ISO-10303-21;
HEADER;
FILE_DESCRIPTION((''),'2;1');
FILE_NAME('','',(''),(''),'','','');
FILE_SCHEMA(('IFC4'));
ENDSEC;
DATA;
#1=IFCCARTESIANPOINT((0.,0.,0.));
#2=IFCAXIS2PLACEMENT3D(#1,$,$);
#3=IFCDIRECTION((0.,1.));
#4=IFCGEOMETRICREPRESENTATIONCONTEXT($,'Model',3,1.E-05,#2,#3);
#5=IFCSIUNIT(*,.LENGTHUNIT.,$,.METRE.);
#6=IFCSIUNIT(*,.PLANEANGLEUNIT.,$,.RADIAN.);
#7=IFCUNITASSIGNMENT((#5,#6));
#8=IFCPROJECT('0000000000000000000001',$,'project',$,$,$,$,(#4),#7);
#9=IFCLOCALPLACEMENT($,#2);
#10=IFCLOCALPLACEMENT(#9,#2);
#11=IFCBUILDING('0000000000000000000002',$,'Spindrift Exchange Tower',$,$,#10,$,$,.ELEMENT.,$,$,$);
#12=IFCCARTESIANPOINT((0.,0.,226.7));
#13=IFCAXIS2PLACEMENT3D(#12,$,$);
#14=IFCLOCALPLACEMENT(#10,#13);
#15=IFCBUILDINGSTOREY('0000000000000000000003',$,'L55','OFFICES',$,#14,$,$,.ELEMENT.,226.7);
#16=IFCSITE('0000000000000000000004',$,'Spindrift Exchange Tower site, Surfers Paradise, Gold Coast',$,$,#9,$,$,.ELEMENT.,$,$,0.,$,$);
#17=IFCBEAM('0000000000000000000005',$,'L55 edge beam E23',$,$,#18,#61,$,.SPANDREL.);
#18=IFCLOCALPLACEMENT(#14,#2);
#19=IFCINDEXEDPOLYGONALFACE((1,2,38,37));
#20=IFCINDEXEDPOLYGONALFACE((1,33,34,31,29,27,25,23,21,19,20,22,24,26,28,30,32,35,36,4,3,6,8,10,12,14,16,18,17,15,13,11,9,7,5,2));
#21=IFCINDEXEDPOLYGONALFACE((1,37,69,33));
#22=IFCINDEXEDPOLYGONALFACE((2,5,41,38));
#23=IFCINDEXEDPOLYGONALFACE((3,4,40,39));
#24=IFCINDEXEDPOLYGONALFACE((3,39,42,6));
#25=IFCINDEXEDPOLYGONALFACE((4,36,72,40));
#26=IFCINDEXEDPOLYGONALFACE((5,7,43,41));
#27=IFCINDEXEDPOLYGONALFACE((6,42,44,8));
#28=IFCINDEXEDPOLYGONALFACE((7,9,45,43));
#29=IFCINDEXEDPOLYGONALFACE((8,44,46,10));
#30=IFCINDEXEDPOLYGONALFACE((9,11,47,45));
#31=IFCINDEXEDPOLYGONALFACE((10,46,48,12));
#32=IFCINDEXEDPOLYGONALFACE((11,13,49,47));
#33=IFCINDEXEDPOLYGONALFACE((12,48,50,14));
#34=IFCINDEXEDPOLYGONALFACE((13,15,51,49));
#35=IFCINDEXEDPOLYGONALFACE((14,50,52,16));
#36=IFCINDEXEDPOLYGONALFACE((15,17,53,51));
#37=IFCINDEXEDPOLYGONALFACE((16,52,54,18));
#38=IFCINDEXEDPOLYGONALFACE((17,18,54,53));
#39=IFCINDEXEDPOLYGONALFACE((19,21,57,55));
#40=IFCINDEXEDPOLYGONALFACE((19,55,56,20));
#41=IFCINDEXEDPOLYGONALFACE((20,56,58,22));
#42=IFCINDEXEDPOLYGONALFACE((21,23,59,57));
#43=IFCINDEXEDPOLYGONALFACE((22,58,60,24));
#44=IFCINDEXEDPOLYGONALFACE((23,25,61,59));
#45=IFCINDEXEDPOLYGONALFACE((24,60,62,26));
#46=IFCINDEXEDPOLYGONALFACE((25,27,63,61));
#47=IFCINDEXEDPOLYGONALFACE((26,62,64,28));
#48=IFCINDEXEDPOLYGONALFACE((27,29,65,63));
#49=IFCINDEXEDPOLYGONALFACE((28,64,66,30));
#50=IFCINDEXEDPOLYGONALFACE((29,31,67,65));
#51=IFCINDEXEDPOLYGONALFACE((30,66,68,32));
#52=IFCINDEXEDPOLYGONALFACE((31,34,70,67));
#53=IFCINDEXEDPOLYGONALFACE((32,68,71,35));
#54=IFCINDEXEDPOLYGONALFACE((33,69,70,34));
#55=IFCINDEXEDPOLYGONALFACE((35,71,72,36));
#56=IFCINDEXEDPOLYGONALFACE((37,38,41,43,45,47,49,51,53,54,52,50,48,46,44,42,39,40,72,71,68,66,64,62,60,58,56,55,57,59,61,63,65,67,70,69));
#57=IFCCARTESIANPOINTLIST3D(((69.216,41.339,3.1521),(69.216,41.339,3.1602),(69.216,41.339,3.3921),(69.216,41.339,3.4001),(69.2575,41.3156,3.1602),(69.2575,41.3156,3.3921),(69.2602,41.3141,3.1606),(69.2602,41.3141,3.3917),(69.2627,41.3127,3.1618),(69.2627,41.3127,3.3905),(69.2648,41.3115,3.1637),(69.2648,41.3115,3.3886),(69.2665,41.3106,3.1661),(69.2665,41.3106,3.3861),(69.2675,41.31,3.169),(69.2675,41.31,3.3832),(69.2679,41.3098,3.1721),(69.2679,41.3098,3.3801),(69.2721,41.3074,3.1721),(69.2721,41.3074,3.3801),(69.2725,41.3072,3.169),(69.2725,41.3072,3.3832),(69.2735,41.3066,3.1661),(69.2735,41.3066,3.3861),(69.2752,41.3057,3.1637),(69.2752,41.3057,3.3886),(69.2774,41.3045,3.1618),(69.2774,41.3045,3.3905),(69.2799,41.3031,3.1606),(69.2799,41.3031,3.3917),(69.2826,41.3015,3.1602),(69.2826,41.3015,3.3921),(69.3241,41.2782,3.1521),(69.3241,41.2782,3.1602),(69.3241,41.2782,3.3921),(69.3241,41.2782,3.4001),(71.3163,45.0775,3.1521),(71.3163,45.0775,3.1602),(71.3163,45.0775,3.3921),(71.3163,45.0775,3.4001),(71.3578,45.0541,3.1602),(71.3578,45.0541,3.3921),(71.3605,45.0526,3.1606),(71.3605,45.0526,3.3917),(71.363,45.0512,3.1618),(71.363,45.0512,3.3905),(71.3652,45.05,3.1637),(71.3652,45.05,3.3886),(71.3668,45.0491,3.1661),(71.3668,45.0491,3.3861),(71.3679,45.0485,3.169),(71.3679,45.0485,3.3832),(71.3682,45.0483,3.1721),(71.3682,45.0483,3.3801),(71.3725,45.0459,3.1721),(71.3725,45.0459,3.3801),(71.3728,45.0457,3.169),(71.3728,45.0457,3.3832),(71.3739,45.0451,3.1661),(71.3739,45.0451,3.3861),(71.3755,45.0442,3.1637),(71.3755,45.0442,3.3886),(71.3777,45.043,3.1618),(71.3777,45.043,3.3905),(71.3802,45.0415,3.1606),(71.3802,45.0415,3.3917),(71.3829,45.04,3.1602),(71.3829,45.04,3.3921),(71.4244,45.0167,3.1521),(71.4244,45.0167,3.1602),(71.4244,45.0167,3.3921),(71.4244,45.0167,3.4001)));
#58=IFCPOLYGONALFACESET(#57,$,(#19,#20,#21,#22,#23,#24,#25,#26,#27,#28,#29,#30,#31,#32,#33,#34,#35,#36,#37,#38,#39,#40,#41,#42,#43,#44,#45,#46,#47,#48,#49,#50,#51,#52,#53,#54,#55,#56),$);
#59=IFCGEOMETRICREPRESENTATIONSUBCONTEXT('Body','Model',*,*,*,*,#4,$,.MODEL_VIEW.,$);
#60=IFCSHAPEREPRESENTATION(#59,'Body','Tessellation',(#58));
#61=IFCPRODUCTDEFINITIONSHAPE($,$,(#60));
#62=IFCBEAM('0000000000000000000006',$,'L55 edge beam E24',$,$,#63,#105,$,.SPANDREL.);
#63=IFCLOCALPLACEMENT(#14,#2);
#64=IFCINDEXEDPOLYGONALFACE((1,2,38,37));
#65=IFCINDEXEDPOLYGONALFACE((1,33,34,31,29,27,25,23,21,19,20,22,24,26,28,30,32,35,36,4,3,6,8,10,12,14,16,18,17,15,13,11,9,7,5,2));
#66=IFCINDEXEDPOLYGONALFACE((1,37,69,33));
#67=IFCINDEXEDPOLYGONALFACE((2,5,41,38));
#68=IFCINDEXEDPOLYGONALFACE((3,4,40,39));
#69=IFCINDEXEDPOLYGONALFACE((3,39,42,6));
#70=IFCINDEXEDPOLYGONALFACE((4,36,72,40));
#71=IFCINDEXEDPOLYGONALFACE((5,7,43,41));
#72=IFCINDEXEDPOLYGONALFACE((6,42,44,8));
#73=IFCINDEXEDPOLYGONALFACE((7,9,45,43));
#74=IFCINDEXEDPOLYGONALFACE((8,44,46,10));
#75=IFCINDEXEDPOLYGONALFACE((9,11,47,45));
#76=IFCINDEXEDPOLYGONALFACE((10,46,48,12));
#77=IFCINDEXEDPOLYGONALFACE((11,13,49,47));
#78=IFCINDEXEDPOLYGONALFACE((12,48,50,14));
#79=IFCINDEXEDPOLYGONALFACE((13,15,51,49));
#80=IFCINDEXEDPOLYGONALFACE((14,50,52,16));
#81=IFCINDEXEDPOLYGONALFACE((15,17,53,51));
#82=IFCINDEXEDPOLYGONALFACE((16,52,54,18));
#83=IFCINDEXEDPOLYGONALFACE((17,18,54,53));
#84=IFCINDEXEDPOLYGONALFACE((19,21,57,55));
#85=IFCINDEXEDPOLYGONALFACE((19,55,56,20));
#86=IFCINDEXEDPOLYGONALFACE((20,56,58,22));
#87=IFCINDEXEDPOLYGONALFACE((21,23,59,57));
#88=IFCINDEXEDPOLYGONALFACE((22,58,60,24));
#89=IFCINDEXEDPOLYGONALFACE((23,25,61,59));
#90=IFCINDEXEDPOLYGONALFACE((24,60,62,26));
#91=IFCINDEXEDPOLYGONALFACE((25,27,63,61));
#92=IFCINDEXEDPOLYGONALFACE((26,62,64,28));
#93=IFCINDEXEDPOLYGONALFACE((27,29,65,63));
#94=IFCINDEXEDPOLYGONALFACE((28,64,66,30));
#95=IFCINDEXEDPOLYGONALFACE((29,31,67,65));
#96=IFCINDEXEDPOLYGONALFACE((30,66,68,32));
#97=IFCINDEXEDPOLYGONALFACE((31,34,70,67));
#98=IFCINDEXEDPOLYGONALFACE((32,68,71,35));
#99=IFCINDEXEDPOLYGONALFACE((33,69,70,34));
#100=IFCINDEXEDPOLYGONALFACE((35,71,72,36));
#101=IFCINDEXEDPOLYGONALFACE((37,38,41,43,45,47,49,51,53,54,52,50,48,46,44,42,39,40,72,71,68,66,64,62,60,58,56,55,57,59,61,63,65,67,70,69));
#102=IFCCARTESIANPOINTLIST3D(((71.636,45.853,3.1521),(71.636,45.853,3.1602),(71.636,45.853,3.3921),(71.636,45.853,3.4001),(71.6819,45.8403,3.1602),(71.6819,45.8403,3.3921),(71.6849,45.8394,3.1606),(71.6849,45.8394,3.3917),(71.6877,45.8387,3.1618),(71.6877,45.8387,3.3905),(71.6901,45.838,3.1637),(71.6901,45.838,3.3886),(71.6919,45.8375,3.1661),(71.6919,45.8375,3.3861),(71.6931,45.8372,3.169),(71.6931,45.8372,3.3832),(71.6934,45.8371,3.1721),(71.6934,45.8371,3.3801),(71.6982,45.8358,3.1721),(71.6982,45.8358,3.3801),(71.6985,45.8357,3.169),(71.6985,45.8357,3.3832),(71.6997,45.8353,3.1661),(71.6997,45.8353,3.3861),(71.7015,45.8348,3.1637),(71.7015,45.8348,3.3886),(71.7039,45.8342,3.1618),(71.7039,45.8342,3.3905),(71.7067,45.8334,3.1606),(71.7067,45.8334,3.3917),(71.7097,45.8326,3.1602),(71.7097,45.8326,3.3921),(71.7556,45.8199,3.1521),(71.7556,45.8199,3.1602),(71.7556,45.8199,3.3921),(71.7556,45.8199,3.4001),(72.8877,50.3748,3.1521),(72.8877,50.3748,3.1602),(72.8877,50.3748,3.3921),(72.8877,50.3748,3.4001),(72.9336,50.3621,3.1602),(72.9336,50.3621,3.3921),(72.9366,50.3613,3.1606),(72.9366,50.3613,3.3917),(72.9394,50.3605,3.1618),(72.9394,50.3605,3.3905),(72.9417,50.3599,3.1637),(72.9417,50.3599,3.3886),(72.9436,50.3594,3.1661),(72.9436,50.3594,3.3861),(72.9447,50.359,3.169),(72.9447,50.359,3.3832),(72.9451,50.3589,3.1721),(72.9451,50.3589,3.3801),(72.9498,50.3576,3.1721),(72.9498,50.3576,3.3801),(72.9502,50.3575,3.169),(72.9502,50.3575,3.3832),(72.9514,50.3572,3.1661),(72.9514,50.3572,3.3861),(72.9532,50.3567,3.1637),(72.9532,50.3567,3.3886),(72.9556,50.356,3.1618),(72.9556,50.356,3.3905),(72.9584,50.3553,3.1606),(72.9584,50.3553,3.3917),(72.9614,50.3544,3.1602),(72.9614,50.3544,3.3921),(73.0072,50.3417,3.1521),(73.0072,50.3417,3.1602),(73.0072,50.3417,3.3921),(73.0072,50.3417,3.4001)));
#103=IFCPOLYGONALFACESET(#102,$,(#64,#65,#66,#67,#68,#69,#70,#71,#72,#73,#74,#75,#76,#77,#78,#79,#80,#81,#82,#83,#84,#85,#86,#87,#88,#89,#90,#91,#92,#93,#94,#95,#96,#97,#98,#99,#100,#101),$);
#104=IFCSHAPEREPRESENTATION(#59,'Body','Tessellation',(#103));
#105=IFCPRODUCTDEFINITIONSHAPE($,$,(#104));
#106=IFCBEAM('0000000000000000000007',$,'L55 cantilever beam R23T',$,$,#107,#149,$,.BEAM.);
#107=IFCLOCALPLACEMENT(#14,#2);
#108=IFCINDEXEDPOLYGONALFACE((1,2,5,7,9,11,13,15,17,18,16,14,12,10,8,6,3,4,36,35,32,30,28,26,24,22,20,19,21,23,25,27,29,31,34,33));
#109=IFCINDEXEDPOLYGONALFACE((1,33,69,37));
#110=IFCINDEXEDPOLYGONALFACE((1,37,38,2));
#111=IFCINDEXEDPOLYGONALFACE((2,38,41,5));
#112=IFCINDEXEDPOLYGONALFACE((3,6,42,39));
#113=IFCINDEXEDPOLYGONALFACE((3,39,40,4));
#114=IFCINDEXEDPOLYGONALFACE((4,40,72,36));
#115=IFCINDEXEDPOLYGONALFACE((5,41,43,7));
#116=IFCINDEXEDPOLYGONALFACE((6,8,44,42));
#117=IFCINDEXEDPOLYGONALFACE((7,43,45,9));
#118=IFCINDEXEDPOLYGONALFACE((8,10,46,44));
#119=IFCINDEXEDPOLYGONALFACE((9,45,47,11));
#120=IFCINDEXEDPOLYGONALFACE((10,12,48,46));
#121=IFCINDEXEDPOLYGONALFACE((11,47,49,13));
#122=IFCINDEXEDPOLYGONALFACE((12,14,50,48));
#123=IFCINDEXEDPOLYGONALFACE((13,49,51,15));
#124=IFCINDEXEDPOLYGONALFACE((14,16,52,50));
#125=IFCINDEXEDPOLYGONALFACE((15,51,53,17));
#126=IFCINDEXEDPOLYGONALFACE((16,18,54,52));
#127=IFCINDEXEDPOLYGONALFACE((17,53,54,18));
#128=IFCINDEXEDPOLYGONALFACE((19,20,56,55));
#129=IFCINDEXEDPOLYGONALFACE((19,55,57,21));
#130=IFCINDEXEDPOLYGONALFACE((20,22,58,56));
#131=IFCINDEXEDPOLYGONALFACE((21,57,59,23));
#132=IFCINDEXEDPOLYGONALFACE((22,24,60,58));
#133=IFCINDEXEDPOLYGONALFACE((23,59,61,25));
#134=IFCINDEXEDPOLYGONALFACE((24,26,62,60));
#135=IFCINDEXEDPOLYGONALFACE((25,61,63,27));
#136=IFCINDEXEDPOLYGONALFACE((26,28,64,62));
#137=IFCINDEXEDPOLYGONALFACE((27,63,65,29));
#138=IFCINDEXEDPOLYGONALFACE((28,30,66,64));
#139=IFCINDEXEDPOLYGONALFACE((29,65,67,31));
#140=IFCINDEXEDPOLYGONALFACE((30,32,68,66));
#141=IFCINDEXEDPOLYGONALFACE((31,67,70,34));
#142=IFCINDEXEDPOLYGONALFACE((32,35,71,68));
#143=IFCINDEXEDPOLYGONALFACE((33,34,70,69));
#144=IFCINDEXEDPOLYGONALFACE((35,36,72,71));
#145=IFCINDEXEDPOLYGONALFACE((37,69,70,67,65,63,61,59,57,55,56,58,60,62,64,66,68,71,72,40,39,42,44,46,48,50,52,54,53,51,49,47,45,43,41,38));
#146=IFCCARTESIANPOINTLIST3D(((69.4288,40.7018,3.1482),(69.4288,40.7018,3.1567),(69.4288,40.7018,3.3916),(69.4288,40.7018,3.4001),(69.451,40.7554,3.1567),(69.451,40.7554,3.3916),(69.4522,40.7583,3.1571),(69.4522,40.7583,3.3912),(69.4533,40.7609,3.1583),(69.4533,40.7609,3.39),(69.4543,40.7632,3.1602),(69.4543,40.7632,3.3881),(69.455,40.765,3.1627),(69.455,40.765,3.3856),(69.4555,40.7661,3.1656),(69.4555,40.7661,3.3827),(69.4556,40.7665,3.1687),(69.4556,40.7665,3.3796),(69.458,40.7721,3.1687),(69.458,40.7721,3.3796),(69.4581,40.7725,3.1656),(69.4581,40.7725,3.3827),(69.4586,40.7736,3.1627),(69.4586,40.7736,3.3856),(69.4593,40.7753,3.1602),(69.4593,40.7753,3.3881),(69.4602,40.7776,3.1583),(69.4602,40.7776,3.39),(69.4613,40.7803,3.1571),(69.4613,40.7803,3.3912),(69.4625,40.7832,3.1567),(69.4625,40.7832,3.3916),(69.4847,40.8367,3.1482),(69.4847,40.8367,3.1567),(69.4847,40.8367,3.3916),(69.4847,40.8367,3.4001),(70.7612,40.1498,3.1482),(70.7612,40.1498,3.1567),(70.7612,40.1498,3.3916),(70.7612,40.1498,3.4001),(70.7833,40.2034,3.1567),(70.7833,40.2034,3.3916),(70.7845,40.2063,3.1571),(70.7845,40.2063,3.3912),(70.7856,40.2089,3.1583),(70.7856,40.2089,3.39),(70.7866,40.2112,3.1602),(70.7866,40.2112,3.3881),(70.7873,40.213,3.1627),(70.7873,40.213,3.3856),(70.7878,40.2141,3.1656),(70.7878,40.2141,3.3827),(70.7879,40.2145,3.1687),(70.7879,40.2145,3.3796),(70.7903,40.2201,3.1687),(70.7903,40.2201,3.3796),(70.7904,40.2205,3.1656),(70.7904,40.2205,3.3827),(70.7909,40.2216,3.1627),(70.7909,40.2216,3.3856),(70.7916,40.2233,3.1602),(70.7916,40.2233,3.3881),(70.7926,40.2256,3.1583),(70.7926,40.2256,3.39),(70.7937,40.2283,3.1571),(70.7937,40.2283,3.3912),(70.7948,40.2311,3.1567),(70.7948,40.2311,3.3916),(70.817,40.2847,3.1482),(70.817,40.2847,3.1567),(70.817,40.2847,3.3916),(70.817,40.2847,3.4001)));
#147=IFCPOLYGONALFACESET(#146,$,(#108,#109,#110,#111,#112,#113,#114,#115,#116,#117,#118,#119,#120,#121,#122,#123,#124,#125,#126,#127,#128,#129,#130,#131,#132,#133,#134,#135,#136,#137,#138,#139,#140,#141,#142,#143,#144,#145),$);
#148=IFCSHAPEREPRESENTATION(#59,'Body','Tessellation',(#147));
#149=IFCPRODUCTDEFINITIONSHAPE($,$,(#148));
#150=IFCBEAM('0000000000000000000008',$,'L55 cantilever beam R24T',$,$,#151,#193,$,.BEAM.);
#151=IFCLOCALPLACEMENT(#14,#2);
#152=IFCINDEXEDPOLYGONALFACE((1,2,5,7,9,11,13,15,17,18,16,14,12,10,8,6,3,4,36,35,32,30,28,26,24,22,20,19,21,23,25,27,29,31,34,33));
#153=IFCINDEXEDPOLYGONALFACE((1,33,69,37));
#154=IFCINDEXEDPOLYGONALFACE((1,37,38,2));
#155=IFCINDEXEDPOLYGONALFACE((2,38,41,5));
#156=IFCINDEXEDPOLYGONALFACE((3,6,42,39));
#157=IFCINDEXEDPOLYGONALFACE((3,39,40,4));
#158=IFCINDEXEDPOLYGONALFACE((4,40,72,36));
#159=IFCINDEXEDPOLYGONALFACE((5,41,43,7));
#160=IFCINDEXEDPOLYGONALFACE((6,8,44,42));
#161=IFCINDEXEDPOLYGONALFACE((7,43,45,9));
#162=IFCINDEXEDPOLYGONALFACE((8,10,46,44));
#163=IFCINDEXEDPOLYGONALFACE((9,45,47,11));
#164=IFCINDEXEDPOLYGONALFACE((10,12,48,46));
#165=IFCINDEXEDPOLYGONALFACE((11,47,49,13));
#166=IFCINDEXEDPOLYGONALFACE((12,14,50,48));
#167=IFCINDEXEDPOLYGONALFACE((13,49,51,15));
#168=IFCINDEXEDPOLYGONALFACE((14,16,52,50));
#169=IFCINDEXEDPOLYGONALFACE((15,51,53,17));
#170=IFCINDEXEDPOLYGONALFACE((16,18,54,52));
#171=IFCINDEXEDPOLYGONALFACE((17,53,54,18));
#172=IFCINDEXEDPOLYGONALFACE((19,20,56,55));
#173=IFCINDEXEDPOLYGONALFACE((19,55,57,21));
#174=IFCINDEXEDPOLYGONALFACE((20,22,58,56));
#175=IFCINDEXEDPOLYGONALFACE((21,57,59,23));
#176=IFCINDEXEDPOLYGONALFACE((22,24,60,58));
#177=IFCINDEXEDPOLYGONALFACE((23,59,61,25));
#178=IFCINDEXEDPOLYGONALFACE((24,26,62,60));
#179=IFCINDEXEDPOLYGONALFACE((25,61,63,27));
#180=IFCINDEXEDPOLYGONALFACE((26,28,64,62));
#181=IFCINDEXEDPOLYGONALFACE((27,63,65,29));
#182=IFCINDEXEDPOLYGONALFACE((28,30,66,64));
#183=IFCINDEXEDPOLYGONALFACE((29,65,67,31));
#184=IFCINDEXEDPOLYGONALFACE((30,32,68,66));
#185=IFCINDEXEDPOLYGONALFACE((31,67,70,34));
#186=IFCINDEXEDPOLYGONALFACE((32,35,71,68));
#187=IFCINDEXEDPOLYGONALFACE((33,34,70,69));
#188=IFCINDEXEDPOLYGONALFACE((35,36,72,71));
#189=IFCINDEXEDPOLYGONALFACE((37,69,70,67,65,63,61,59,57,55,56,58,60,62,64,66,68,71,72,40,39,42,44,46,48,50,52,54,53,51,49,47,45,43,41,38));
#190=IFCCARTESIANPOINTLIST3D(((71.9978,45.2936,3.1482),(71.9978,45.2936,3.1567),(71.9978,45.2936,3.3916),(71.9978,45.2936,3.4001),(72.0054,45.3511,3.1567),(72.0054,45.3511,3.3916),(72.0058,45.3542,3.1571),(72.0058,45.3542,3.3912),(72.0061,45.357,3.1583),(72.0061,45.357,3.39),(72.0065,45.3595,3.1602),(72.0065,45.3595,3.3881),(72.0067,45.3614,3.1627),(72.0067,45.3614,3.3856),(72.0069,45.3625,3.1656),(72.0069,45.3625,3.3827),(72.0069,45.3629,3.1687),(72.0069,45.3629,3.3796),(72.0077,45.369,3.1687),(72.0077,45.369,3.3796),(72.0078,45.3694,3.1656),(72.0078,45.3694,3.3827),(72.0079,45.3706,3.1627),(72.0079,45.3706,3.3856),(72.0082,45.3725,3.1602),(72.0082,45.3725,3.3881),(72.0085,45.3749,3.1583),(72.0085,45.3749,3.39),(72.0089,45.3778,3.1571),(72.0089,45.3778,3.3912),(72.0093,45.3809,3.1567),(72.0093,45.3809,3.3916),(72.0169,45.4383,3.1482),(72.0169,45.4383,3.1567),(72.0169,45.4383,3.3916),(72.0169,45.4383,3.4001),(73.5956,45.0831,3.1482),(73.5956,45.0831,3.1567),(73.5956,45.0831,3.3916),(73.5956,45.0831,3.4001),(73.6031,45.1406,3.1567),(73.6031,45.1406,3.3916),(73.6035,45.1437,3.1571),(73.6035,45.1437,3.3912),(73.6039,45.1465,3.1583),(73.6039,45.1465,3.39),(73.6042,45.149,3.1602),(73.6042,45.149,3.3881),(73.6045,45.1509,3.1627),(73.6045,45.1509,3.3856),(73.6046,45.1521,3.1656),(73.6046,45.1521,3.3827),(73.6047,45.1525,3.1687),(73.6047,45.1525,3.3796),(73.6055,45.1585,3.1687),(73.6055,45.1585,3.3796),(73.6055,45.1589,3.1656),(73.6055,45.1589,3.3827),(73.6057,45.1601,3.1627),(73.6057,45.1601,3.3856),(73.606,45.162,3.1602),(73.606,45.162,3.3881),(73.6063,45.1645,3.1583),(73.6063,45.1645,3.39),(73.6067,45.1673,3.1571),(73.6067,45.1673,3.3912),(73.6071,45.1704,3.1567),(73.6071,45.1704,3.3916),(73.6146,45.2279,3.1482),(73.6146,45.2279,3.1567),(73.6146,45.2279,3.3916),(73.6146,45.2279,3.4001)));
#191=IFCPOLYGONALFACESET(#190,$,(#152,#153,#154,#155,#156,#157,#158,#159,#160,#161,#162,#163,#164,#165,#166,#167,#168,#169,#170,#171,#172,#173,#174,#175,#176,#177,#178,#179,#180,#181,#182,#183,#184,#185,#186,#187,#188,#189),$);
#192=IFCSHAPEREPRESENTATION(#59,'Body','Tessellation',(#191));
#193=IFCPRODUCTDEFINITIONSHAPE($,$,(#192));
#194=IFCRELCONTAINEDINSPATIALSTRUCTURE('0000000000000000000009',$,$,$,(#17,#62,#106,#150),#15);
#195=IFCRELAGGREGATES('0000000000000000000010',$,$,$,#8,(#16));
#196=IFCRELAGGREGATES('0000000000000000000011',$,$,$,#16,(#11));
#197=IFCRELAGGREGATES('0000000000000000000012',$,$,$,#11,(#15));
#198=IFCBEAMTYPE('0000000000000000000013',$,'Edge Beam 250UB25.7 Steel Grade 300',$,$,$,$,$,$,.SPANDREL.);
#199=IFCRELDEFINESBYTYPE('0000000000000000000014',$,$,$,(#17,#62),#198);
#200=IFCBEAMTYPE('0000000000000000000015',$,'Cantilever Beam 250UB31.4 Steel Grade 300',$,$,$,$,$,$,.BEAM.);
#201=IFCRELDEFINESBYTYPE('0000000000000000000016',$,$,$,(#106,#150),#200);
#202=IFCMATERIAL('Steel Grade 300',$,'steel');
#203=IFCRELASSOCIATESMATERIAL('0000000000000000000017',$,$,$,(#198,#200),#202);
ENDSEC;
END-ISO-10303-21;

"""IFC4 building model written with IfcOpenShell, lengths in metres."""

from ifc_helpers import new_model, si_unit, direction, frame, origin, origin_2d, place, context, subcontext, project, spatial, i_section, extrude, source, transform, mapped, material, material_profile, profile_set, type_object, element, save


model = new_model("IFC4")

# Units and contexts
model_context = context("Model", 3, precision=1e-05, world=origin(), true_north=direction((0.0, 1.0)))
body_context = subcontext(model_context, "Body", "Model", "MODEL_VIEW")
ifc_project = project(units=[si_unit("LENGTHUNIT", "METRE"), si_unit("PLANEANGLEUNIT", "RADIAN")], contexts=[model_context])

# Site, building, storey
site_placement = place(None, origin())
site = spatial("IfcSite", under=ifc_project, at=site_placement, Name="Spindrift Exchange Tower site, Surfers Paradise, Gold Coast", CompositionType="ELEMENT", RefElevation=0.0)
building_placement = place(site_placement, origin())
building = spatial("IfcBuilding", under=site, at=building_placement, Name="Spindrift Exchange Tower", CompositionType="ELEMENT")
storey_placement = place(building_placement, frame((0.0, 0.0, 226.7)))
storey = spatial("IfcBuildingStorey", under=building, at=storey_placement, Name="L55", Description="OFFICES", CompositionType="ELEMENT", Elevation=226.7)

# Beams
ifc_material_1 = material(Name="Steel Grade 300", Category="steel")
ifc_material_profile_1 = material_profile(ifc_material_1, i_section(OverallWidth=0.124, OverallDepth=0.248, WebThickness=0.0049, FlangeThickness=0.0081, FilletRadius=0.012, at=origin_2d()), Name="250UB25.7")
ifc_profile_set_1 = profile_set([ifc_material_profile_1], Name="Steel Grade 300")
beam_type_1 = type_object("IfcBeamType", Name="Edge Beam 250UB25.7 Steel Grade 300", PredefinedType="SPANDREL", material=ifc_profile_set_1)
shared_shape_1 = source(origin(), body_context, "Body", "SweptSolid", [
    extrude(i_section(OverallWidth=0.124, OverallDepth=0.248, WebThickness=0.0049, FlangeThickness=0.0081, FilletRadius=0.012, at=origin_2d()), origin(), (0.0, 0.0, 1.0), 4.2881),
])
beam_1_placement = place(storey_placement, frame((69.27, 41.3086, 3.2761), z_axis=(0.489804, 0.871832, 0.0), x_axis=(-0.871832, 0.489804, 0.0)))
element("IfcBeam", 1, at=beam_1_placement, inside=storey, type_object=beam_type_1, Name="L55 edge beam E23", PredefinedType="SPANDREL", context=body_context, shape_type="MappedRepresentation", body=[
    mapped(shared_shape_1, transform((0.0, 0.0, 0.0), scale=1.0)),
])
shared_shape_2 = source(origin(), body_context, "Body", "SweptSolid", [
    extrude(i_section(OverallWidth=0.124, OverallDepth=0.248, WebThickness=0.0049, FlangeThickness=0.0081, FilletRadius=0.012, at=origin_2d()), origin(), (0.0, 0.0, 1.0), 4.6919),
])
beam_2_placement = place(storey_placement, frame((71.6958, 45.8364, 3.2761), z_axis=(0.266774, 0.963759, 0.0), x_axis=(-0.963759, 0.266774, 0.0)))
element("IfcBeam", 2, at=beam_2_placement, inside=storey, type_object=beam_type_1, Name="L55 edge beam E24", PredefinedType="SPANDREL", context=body_context, shape_type="MappedRepresentation", body=[
    mapped(shared_shape_2, transform((0.0, 0.0, 0.0), scale=1.0)),
])
ifc_material_profile_2 = material_profile(ifc_material_1, i_section(OverallWidth=0.146, OverallDepth=0.252, WebThickness=0.0061, FlangeThickness=0.0085, FilletRadius=0.012, at=origin_2d()), Name="250UB31.4")
ifc_profile_set_2 = profile_set([ifc_material_profile_2], Name="Steel Grade 300")
beam_type_2 = type_object("IfcBeamType", Name="Cantilever Beam 250UB31.4 Steel Grade 300", PredefinedType="BEAM", material=ifc_profile_set_2)
shared_shape_3 = source(origin(), body_context, "Body", "SweptSolid", [
    extrude(i_section(OverallWidth=0.146, OverallDepth=0.252, WebThickness=0.0061, FlangeThickness=0.0085, FilletRadius=0.012, at=origin_2d()), origin(), (0.0, 0.0, 1.0), 1.4421),
])
beam_3_placement = place(storey_placement, frame((69.4568, 40.7693, 3.2742), z_axis=(0.923841, -0.382775, 0.0), x_axis=(0.382775, 0.923841, 0.0)))
element("IfcBeam", 3, at=beam_3_placement, inside=storey, type_object=beam_type_2, Name="L55 cantilever beam R23T", PredefinedType="BEAM", context=body_context, shape_type="MappedRepresentation", body=[
    mapped(shared_shape_3, transform((0.0, 0.0, 0.0), scale=1.0)),
])
shared_shape_4 = source(origin(), body_context, "Body", "SweptSolid", [
    extrude(i_section(OverallWidth=0.146, OverallDepth=0.252, WebThickness=0.0061, FlangeThickness=0.0085, FilletRadius=0.012, at=origin_2d()), origin(), (0.0, 0.0, 1.0), 1.6116),
])
beam_4_placement = place(storey_placement, frame((72.0073, 45.366, 3.2742), z_axis=(0.991436, -0.130596, 0.0), x_axis=(0.130596, 0.991436, 0.0)))
element("IfcBeam", 4, at=beam_4_placement, inside=storey, type_object=beam_type_2, Name="L55 cantilever beam R24T", PredefinedType="BEAM", context=body_context, shape_type="MappedRepresentation", body=[
    mapped(shared_shape_4, transform((0.0, 0.0, 0.0), scale=1.0)),
])

save(model, "model.ifc")
